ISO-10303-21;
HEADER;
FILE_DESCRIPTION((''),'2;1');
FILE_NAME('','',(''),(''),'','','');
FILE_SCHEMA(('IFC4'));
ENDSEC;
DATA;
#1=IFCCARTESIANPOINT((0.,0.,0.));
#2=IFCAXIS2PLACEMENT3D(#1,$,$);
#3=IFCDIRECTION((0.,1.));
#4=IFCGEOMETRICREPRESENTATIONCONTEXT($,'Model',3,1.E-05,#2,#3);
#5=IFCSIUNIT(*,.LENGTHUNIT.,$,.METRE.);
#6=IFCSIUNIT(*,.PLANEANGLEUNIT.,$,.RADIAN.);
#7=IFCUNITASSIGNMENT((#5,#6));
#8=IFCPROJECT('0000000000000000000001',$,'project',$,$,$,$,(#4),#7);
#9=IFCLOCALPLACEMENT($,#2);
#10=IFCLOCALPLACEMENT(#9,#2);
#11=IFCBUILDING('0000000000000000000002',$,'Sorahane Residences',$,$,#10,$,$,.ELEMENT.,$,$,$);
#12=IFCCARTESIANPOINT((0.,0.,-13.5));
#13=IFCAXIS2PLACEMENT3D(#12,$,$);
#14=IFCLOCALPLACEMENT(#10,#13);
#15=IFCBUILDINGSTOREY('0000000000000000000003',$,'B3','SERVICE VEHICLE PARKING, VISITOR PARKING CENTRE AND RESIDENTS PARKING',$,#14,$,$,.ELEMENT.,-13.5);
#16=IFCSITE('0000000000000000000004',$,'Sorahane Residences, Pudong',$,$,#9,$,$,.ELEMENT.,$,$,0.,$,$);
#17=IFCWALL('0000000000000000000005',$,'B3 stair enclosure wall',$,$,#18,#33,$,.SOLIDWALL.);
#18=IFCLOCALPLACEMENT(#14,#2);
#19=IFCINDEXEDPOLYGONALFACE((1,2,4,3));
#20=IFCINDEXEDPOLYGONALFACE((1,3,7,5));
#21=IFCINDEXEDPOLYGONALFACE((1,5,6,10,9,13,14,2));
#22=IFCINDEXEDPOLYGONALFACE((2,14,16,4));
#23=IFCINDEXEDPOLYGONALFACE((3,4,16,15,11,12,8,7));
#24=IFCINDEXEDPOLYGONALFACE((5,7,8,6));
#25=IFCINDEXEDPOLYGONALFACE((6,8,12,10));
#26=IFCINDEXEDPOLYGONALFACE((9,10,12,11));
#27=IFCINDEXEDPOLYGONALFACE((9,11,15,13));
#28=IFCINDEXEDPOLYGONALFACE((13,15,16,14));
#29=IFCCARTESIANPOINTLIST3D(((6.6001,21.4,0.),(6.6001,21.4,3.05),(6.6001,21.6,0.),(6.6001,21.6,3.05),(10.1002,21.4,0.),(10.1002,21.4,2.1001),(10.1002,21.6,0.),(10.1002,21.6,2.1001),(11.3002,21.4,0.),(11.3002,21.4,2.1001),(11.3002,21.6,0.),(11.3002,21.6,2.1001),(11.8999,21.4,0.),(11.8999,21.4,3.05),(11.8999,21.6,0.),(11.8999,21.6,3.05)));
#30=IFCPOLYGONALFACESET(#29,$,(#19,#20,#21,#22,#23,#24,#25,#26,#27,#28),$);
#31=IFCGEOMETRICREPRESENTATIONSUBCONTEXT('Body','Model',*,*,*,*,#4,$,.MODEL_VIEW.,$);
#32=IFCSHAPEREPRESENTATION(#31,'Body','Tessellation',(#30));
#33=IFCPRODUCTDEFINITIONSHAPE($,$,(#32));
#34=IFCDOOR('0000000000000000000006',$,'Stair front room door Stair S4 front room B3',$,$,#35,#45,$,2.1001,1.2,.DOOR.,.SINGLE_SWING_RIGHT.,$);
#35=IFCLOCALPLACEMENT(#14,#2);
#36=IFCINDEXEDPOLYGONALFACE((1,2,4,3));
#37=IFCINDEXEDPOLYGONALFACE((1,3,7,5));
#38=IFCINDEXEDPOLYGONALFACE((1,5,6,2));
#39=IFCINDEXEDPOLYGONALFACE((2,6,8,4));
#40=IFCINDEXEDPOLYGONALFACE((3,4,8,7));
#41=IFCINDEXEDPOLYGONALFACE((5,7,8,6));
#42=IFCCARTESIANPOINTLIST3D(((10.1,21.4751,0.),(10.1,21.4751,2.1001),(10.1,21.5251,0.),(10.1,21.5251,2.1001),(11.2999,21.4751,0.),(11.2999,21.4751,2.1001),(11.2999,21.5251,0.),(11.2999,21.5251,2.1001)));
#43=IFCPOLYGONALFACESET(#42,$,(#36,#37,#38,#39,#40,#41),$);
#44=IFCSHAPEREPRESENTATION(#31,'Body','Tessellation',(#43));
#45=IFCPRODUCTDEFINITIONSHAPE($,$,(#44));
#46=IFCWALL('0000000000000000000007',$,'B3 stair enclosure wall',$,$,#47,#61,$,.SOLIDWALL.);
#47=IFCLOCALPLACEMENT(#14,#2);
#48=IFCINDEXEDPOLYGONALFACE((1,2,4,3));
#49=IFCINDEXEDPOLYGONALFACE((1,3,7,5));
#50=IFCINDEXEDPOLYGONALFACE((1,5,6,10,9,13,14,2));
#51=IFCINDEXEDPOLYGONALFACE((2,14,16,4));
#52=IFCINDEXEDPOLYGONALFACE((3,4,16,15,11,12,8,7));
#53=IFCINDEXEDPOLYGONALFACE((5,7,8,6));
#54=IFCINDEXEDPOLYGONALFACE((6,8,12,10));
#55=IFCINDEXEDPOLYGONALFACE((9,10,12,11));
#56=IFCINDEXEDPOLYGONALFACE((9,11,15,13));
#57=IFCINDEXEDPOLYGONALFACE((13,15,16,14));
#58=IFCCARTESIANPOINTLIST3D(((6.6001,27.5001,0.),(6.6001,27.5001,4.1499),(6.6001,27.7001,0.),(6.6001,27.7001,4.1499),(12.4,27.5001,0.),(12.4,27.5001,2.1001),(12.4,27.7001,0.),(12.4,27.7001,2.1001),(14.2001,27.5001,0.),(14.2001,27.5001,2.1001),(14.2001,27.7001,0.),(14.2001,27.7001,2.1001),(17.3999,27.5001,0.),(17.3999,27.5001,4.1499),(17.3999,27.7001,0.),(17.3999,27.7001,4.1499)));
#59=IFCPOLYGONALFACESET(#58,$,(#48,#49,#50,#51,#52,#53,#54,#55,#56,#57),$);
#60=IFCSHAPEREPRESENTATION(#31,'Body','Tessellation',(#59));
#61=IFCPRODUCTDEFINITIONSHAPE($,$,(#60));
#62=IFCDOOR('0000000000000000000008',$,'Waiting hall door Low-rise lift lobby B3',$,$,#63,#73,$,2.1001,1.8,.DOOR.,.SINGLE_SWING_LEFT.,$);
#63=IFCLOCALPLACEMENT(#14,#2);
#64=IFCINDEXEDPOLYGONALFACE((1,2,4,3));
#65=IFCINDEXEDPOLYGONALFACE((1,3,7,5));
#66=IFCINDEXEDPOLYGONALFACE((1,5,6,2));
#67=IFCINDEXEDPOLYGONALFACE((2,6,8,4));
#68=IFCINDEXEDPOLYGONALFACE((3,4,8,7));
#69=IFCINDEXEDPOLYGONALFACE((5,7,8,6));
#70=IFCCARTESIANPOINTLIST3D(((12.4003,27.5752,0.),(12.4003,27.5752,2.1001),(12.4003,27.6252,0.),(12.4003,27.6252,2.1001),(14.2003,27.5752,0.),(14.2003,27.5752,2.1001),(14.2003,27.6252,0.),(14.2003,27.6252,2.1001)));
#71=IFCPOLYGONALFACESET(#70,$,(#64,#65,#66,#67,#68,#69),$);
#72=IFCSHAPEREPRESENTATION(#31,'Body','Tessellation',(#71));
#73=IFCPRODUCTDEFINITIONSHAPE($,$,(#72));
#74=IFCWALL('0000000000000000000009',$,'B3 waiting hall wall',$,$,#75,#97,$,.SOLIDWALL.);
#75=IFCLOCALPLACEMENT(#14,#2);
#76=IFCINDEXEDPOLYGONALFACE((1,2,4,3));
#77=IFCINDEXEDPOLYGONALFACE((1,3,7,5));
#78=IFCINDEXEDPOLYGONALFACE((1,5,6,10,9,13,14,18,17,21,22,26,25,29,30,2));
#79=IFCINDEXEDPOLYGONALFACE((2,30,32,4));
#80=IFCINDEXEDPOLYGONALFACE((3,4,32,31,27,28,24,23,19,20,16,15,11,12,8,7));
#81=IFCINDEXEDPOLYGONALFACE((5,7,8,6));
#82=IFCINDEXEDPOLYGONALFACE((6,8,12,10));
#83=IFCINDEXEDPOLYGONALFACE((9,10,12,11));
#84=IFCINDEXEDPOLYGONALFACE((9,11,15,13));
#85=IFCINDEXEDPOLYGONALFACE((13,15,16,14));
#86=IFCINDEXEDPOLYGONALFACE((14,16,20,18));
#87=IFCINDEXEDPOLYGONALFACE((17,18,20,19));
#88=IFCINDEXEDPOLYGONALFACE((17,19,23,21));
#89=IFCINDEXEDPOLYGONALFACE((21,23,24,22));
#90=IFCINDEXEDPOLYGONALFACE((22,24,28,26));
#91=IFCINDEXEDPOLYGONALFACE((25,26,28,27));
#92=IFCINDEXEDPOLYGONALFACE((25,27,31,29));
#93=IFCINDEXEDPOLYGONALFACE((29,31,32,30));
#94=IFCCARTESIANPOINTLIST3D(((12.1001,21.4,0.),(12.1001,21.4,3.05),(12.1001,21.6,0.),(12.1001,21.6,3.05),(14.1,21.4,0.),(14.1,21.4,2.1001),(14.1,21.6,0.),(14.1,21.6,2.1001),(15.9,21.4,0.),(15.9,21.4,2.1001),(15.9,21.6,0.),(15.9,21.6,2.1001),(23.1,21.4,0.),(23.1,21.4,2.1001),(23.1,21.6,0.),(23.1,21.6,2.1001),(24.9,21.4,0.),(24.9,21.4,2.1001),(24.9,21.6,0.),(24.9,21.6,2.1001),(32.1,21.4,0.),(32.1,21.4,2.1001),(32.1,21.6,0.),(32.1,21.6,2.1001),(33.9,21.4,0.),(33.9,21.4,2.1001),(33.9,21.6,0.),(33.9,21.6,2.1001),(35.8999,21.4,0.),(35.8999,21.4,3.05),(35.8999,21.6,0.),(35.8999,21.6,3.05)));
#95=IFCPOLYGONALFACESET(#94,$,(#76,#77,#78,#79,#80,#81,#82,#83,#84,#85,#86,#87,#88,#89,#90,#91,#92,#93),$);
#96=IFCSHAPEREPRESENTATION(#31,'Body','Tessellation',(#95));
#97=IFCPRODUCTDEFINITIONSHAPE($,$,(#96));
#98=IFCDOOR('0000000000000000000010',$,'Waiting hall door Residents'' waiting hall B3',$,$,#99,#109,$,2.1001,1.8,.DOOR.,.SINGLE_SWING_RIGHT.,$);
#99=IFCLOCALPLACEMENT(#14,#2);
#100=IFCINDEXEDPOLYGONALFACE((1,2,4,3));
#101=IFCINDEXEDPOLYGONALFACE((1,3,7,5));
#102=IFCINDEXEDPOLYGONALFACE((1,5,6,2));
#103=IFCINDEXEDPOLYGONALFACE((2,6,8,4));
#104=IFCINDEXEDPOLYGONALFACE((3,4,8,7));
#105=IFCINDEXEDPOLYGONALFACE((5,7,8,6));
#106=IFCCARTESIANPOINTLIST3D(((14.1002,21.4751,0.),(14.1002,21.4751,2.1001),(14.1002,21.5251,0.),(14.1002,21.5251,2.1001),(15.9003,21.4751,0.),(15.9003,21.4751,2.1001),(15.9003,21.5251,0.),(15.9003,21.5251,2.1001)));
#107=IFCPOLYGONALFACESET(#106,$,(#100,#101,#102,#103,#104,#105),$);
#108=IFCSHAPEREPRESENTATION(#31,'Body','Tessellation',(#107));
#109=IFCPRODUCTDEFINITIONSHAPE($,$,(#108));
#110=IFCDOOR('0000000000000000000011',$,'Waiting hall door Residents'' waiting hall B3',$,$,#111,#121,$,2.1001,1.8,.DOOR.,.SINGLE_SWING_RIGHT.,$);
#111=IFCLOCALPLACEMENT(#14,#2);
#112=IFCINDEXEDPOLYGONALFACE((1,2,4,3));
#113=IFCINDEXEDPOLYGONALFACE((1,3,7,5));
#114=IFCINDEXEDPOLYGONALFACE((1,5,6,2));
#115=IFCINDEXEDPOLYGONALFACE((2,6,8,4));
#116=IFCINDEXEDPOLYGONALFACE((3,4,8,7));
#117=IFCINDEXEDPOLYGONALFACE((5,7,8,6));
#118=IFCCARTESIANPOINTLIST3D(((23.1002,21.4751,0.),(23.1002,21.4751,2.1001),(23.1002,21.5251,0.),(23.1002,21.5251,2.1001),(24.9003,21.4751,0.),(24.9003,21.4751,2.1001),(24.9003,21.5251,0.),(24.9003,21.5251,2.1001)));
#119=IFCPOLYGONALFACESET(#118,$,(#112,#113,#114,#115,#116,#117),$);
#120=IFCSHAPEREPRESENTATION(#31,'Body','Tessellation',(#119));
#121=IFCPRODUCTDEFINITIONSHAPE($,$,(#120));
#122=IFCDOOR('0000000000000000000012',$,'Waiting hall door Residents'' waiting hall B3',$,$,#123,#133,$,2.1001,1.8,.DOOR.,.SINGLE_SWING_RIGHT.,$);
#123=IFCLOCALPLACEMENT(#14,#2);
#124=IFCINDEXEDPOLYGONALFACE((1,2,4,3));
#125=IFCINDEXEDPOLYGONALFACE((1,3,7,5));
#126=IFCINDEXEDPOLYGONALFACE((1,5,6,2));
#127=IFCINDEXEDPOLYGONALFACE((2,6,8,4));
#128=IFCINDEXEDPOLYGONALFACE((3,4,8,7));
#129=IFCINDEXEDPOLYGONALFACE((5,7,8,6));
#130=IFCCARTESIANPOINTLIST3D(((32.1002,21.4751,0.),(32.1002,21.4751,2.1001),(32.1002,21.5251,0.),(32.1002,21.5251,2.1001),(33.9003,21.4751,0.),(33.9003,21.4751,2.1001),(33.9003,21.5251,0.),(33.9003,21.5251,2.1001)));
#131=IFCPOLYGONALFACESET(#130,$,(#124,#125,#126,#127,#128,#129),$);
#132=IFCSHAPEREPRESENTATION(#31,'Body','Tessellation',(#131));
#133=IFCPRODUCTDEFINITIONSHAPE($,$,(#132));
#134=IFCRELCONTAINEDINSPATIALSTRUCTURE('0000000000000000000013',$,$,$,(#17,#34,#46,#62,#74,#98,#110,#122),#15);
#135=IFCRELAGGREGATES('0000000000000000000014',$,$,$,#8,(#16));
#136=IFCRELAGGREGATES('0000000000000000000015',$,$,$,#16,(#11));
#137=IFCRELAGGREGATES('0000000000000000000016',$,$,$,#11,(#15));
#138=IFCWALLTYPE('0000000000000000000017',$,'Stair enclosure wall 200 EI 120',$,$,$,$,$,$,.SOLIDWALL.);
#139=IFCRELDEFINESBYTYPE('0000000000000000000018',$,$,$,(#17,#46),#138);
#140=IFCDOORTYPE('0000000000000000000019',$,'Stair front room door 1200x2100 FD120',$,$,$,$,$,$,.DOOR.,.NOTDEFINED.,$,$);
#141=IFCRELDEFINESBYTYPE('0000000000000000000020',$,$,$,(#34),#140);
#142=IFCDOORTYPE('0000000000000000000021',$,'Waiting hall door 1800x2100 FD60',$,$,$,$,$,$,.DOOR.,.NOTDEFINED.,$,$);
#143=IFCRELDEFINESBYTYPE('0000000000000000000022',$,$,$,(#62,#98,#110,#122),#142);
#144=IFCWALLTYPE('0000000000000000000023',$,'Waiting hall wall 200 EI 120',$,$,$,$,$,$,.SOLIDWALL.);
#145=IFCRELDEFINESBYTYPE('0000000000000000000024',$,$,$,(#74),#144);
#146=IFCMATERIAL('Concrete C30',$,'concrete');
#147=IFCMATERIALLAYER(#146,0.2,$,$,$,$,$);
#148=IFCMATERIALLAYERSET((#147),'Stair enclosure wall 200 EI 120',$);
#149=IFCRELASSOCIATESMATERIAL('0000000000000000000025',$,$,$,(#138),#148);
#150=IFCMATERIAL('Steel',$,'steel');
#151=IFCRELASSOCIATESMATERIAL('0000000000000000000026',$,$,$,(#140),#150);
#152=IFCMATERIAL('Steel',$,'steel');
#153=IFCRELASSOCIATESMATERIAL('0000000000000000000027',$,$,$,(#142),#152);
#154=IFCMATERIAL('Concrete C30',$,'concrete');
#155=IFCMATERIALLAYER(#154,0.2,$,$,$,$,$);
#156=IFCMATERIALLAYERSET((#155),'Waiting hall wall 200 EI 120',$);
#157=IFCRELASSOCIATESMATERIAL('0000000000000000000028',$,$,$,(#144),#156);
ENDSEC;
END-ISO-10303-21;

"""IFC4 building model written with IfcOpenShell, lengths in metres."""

from ifc_helpers import new_model, si_unit, direction, frame, frame_2d, origin, place, context, subcontext, project, spatial, rectangle, extrude, material, layer, layer_set, type_object, element, fill, save


model = new_model("IFC4")

# Units and contexts
model_context = context("Model", 3, precision=1e-05, world=origin(), true_north=direction((0.0, 1.0)))
body_context = subcontext(model_context, "Body", "Model", "MODEL_VIEW")
ifc_project = project(units=[si_unit("LENGTHUNIT", "METRE"), si_unit("PLANEANGLEUNIT", "RADIAN")], contexts=[model_context])

# Site, building, storey
site_placement = place(None, origin())
site = spatial("IfcSite", under=ifc_project, at=site_placement, Name="Sorahane Residences, Pudong", CompositionType="ELEMENT", RefElevation=0.0)
building_placement = place(site_placement, origin())
building = spatial("IfcBuilding", under=site, at=building_placement, Name="Sorahane Residences", CompositionType="ELEMENT")
storey_placement = place(building_placement, frame((0.0, 0.0, -13.5)))
storey = spatial("IfcBuildingStorey", under=building, at=storey_placement, Name="B3", Description="SERVICE VEHICLE PARKING, VISITOR PARKING CENTRE AND RESIDENTS PARKING", CompositionType="ELEMENT", Elevation=-13.5)

# Shared definitions
ifc_material_1 = material(Name="Concrete C30", Category="concrete")
ifc_layer_1 = layer(ifc_material_1, 0.2)
ifc_layer_set_1 = layer_set([ifc_layer_1], Name="Stair enclosure wall 200 EI 120")
wall_type_1 = type_object("IfcWallType", Name="Stair enclosure wall 200 EI 120", PredefinedType="SOLIDWALL", material=ifc_layer_set_1)

# Walls, openings, doors
wall_1_placement = place(storey_placement, frame((6.6001, 21.5, 0.0), z_axis=(0.0, 0.0, 1.0), x_axis=(1.0, 0.0, 0.0)))
wall_1 = element("IfcWall", 1, at=wall_1_placement, inside=storey, type_object=wall_type_1, Name="B3 stair enclosure wall", PredefinedType="SOLIDWALL", context=body_context, shape_type="SweptSolid", body=[
    extrude(rectangle(XDim=5.2998, YDim=0.2, at=frame_2d((2.6499, 0.0))), origin(), (0.0, 0.0, 1.0), 3.05),
])
opening_1_placement = place(wall_1_placement, frame((3.5, 0.0, 0.0)))
opening_1 = element("IfcOpeningElement", 2, at=opening_1_placement, cuts=wall_1, PredefinedType="OPENING", context=body_context, shape_type="SweptSolid", body=[
    extrude(rectangle(XDim=1.2, YDim=2.1001, at=frame_2d((0.6001, 1.05))), frame((0.0, 0.1099, 0.0), z_axis=(0.0, -1.0, 0.0), x_axis=(1.0, 0.0, 0.0)), (0.0, 0.0, 1.0), 0.22),
])
ifc_material_2 = material(Name="Steel", Category="steel")
door_type_1 = type_object("IfcDoorType", Name="Stair front room door 1200x2100 FD120", OperationType="NOTDEFINED", PredefinedType="DOOR", material=ifc_material_2)
door_1_placement = place(opening_1_placement, frame((1.2, 0.0, 0.0), z_axis=(0.0, 0.0, 1.0), x_axis=(-1.0, 0.0, 0.0)))
door_1 = element("IfcDoor", 3, at=door_1_placement, inside=storey, type_object=door_type_1, Name="Stair front room door Stair S4 front room B3", OperationType="SINGLE_SWING_RIGHT", OverallHeight=2.1001, OverallWidth=1.2, PredefinedType="DOOR", context=body_context, shape_type="SweptSolid", body=[
    extrude(rectangle(XDim=1.2, YDim=2.1001, at=frame_2d((0.6001, 1.05))), frame((0.0, 0.0249, 0.0), z_axis=(0.0, -1.0, 0.0), x_axis=(1.0, 0.0, 0.0)), (0.0, 0.0, 1.0), 0.05),
])
fill(opening_1, door_1)
wall_2_placement = place(storey_placement, frame((6.6001, 27.6001, 0.0), z_axis=(0.0, 0.0, 1.0), x_axis=(1.0, 0.0, 0.0)))
wall_2 = element("IfcWall", 4, at=wall_2_placement, inside=storey, type_object=wall_type_1, Name="B3 stair enclosure wall", PredefinedType="SOLIDWALL", context=body_context, shape_type="SweptSolid", body=[
    extrude(rectangle(XDim=10.7998, YDim=0.2, at=frame_2d((5.3999, 0.0))), origin(), (0.0, 0.0, 1.0), 4.1499),
])
opening_2_placement = place(wall_2_placement, frame((5.8, 0.0, 0.0)))
opening_2 = element("IfcOpeningElement", 5, at=opening_2_placement, cuts=wall_2, PredefinedType="OPENING", context=body_context, shape_type="SweptSolid", body=[
    extrude(rectangle(XDim=1.8, YDim=2.1001, at=frame_2d((0.8999, 1.05))), frame((0.0, 0.1099, 0.0), z_axis=(0.0, -1.0, 0.0), x_axis=(1.0, 0.0, 0.0)), (0.0, 0.0, 1.0), 0.22),
])
ifc_material_3 = material(Name="Steel", Category="steel")
door_type_2 = type_object("IfcDoorType", Name="Waiting hall door 1800x2100 FD60", OperationType="NOTDEFINED", PredefinedType="DOOR", material=ifc_material_3)
door_2_placement = place(opening_2_placement, frame((1.8, 0.0, 0.0), z_axis=(0.0, 0.0, 1.0), x_axis=(-1.0, 0.0, 0.0)))
door_2 = element("IfcDoor", 6, at=door_2_placement, inside=storey, type_object=door_type_2, Name="Waiting hall door Low-rise lift lobby B3", OperationType="SINGLE_SWING_LEFT", OverallHeight=2.1001, OverallWidth=1.8, PredefinedType="DOOR", context=body_context, shape_type="SweptSolid", body=[
    extrude(rectangle(XDim=1.8, YDim=2.1001, at=frame_2d((0.8999, 1.05))), frame((0.0, 0.0249, 0.0), z_axis=(0.0, -1.0, 0.0), x_axis=(1.0, 0.0, 0.0)), (0.0, 0.0, 1.0), 0.05),
])
fill(opening_2, door_2)

# Wall, openings, doors
ifc_material_4 = material(Name="Concrete C30", Category="concrete")
ifc_layer_2 = layer(ifc_material_4, 0.2)
ifc_layer_set_2 = layer_set([ifc_layer_2], Name="Waiting hall wall 200 EI 120")
wall_type_2 = type_object("IfcWallType", Name="Waiting hall wall 200 EI 120", PredefinedType="SOLIDWALL", material=ifc_layer_set_2)
wall_3_placement = place(storey_placement, frame((12.1001, 21.5, 0.0), z_axis=(0.0, 0.0, 1.0), x_axis=(1.0, 0.0, 0.0)))
wall_3 = element("IfcWall", 7, at=wall_3_placement, inside=storey, type_object=wall_type_2, Name="B3 waiting hall wall", PredefinedType="SOLIDWALL", context=body_context, shape_type="SweptSolid", body=[
    extrude(rectangle(XDim=23.7998, YDim=0.2, at=frame_2d((11.8999, 0.0))), origin(), (0.0, 0.0, 1.0), 3.05),
])
opening_3_placement = place(wall_3_placement, frame((2.0, 0.0, 0.0)))
opening_3 = element("IfcOpeningElement", 8, at=opening_3_placement, cuts=wall_3, PredefinedType="OPENING", context=body_context, shape_type="SweptSolid", body=[
    extrude(rectangle(XDim=1.8, YDim=2.1001, at=frame_2d((0.8999, 1.05))), frame((0.0, 0.1099, 0.0), z_axis=(0.0, -1.0, 0.0), x_axis=(1.0, 0.0, 0.0)), (0.0, 0.0, 1.0), 0.22),
])
opening_4_placement = place(wall_3_placement, frame((11.0, 0.0, 0.0)))
opening_4 = element("IfcOpeningElement", 9, at=opening_4_placement, cuts=wall_3, PredefinedType="OPENING", context=body_context, shape_type="SweptSolid", body=[
    extrude(rectangle(XDim=1.8, YDim=2.1001, at=frame_2d((0.8999, 1.05))), frame((0.0, 0.1099, 0.0), z_axis=(0.0, -1.0, 0.0), x_axis=(1.0, 0.0, 0.0)), (0.0, 0.0, 1.0), 0.22),
])
opening_5_placement = place(wall_3_placement, frame((20.0, 0.0, 0.0)))
opening_5 = element("IfcOpeningElement", 10, at=opening_5_placement, cuts=wall_3, PredefinedType="OPENING", context=body_context, shape_type="SweptSolid", body=[
    extrude(rectangle(XDim=1.8, YDim=2.1001, at=frame_2d((0.8999, 1.05))), frame((0.0, 0.1099, 0.0), z_axis=(0.0, -1.0, 0.0), x_axis=(1.0, 0.0, 0.0)), (0.0, 0.0, 1.0), 0.22),
])
door_3_placement = place(opening_3_placement, frame((1.8, 0.0, 0.0), z_axis=(0.0, 0.0, 1.0), x_axis=(-1.0, 0.0, 0.0)))
door_3 = element("IfcDoor", 11, at=door_3_placement, inside=storey, type_object=door_type_2, Name="Waiting hall door Residents' waiting hall B3", OperationType="SINGLE_SWING_RIGHT", OverallHeight=2.1001, OverallWidth=1.8, PredefinedType="DOOR", context=body_context, shape_type="SweptSolid", body=[
    extrude(rectangle(XDim=1.8, YDim=2.1001, at=frame_2d((0.8999, 1.05))), frame((0.0, 0.0249, 0.0), z_axis=(0.0, -1.0, 0.0), x_axis=(1.0, 0.0, 0.0)), (0.0, 0.0, 1.0), 0.05),
])
fill(opening_3, door_3)
door_4_placement = place(opening_4_placement, frame((1.8, 0.0, 0.0), z_axis=(0.0, 0.0, 1.0), x_axis=(-1.0, 0.0, 0.0)))
door_4 = element("IfcDoor", 12, at=door_4_placement, inside=storey, type_object=door_type_2, Name="Waiting hall door Residents' waiting hall B3", OperationType="SINGLE_SWING_RIGHT", OverallHeight=2.1001, OverallWidth=1.8, PredefinedType="DOOR", context=body_context, shape_type="SweptSolid", body=[
    extrude(rectangle(XDim=1.8, YDim=2.1001, at=frame_2d((0.8999, 1.05))), frame((0.0, 0.0249, 0.0), z_axis=(0.0, -1.0, 0.0), x_axis=(1.0, 0.0, 0.0)), (0.0, 0.0, 1.0), 0.05),
])
fill(opening_4, door_4)
door_5_placement = place(opening_5_placement, frame((1.8, 0.0, 0.0), z_axis=(0.0, 0.0, 1.0), x_axis=(-1.0, 0.0, 0.0)))
door_5 = element("IfcDoor", 13, at=door_5_placement, inside=storey, type_object=door_type_2, Name="Waiting hall door Residents' waiting hall B3", OperationType="SINGLE_SWING_RIGHT", OverallHeight=2.1001, OverallWidth=1.8, PredefinedType="DOOR", context=body_context, shape_type="SweptSolid", body=[
    extrude(rectangle(XDim=1.8, YDim=2.1001, at=frame_2d((0.8999, 1.05))), frame((0.0, 0.0249, 0.0), z_axis=(0.0, -1.0, 0.0), x_axis=(1.0, 0.0, 0.0)), (0.0, 0.0, 1.0), 0.05),
])
fill(opening_5, door_5)

save(model, "model.ifc")
